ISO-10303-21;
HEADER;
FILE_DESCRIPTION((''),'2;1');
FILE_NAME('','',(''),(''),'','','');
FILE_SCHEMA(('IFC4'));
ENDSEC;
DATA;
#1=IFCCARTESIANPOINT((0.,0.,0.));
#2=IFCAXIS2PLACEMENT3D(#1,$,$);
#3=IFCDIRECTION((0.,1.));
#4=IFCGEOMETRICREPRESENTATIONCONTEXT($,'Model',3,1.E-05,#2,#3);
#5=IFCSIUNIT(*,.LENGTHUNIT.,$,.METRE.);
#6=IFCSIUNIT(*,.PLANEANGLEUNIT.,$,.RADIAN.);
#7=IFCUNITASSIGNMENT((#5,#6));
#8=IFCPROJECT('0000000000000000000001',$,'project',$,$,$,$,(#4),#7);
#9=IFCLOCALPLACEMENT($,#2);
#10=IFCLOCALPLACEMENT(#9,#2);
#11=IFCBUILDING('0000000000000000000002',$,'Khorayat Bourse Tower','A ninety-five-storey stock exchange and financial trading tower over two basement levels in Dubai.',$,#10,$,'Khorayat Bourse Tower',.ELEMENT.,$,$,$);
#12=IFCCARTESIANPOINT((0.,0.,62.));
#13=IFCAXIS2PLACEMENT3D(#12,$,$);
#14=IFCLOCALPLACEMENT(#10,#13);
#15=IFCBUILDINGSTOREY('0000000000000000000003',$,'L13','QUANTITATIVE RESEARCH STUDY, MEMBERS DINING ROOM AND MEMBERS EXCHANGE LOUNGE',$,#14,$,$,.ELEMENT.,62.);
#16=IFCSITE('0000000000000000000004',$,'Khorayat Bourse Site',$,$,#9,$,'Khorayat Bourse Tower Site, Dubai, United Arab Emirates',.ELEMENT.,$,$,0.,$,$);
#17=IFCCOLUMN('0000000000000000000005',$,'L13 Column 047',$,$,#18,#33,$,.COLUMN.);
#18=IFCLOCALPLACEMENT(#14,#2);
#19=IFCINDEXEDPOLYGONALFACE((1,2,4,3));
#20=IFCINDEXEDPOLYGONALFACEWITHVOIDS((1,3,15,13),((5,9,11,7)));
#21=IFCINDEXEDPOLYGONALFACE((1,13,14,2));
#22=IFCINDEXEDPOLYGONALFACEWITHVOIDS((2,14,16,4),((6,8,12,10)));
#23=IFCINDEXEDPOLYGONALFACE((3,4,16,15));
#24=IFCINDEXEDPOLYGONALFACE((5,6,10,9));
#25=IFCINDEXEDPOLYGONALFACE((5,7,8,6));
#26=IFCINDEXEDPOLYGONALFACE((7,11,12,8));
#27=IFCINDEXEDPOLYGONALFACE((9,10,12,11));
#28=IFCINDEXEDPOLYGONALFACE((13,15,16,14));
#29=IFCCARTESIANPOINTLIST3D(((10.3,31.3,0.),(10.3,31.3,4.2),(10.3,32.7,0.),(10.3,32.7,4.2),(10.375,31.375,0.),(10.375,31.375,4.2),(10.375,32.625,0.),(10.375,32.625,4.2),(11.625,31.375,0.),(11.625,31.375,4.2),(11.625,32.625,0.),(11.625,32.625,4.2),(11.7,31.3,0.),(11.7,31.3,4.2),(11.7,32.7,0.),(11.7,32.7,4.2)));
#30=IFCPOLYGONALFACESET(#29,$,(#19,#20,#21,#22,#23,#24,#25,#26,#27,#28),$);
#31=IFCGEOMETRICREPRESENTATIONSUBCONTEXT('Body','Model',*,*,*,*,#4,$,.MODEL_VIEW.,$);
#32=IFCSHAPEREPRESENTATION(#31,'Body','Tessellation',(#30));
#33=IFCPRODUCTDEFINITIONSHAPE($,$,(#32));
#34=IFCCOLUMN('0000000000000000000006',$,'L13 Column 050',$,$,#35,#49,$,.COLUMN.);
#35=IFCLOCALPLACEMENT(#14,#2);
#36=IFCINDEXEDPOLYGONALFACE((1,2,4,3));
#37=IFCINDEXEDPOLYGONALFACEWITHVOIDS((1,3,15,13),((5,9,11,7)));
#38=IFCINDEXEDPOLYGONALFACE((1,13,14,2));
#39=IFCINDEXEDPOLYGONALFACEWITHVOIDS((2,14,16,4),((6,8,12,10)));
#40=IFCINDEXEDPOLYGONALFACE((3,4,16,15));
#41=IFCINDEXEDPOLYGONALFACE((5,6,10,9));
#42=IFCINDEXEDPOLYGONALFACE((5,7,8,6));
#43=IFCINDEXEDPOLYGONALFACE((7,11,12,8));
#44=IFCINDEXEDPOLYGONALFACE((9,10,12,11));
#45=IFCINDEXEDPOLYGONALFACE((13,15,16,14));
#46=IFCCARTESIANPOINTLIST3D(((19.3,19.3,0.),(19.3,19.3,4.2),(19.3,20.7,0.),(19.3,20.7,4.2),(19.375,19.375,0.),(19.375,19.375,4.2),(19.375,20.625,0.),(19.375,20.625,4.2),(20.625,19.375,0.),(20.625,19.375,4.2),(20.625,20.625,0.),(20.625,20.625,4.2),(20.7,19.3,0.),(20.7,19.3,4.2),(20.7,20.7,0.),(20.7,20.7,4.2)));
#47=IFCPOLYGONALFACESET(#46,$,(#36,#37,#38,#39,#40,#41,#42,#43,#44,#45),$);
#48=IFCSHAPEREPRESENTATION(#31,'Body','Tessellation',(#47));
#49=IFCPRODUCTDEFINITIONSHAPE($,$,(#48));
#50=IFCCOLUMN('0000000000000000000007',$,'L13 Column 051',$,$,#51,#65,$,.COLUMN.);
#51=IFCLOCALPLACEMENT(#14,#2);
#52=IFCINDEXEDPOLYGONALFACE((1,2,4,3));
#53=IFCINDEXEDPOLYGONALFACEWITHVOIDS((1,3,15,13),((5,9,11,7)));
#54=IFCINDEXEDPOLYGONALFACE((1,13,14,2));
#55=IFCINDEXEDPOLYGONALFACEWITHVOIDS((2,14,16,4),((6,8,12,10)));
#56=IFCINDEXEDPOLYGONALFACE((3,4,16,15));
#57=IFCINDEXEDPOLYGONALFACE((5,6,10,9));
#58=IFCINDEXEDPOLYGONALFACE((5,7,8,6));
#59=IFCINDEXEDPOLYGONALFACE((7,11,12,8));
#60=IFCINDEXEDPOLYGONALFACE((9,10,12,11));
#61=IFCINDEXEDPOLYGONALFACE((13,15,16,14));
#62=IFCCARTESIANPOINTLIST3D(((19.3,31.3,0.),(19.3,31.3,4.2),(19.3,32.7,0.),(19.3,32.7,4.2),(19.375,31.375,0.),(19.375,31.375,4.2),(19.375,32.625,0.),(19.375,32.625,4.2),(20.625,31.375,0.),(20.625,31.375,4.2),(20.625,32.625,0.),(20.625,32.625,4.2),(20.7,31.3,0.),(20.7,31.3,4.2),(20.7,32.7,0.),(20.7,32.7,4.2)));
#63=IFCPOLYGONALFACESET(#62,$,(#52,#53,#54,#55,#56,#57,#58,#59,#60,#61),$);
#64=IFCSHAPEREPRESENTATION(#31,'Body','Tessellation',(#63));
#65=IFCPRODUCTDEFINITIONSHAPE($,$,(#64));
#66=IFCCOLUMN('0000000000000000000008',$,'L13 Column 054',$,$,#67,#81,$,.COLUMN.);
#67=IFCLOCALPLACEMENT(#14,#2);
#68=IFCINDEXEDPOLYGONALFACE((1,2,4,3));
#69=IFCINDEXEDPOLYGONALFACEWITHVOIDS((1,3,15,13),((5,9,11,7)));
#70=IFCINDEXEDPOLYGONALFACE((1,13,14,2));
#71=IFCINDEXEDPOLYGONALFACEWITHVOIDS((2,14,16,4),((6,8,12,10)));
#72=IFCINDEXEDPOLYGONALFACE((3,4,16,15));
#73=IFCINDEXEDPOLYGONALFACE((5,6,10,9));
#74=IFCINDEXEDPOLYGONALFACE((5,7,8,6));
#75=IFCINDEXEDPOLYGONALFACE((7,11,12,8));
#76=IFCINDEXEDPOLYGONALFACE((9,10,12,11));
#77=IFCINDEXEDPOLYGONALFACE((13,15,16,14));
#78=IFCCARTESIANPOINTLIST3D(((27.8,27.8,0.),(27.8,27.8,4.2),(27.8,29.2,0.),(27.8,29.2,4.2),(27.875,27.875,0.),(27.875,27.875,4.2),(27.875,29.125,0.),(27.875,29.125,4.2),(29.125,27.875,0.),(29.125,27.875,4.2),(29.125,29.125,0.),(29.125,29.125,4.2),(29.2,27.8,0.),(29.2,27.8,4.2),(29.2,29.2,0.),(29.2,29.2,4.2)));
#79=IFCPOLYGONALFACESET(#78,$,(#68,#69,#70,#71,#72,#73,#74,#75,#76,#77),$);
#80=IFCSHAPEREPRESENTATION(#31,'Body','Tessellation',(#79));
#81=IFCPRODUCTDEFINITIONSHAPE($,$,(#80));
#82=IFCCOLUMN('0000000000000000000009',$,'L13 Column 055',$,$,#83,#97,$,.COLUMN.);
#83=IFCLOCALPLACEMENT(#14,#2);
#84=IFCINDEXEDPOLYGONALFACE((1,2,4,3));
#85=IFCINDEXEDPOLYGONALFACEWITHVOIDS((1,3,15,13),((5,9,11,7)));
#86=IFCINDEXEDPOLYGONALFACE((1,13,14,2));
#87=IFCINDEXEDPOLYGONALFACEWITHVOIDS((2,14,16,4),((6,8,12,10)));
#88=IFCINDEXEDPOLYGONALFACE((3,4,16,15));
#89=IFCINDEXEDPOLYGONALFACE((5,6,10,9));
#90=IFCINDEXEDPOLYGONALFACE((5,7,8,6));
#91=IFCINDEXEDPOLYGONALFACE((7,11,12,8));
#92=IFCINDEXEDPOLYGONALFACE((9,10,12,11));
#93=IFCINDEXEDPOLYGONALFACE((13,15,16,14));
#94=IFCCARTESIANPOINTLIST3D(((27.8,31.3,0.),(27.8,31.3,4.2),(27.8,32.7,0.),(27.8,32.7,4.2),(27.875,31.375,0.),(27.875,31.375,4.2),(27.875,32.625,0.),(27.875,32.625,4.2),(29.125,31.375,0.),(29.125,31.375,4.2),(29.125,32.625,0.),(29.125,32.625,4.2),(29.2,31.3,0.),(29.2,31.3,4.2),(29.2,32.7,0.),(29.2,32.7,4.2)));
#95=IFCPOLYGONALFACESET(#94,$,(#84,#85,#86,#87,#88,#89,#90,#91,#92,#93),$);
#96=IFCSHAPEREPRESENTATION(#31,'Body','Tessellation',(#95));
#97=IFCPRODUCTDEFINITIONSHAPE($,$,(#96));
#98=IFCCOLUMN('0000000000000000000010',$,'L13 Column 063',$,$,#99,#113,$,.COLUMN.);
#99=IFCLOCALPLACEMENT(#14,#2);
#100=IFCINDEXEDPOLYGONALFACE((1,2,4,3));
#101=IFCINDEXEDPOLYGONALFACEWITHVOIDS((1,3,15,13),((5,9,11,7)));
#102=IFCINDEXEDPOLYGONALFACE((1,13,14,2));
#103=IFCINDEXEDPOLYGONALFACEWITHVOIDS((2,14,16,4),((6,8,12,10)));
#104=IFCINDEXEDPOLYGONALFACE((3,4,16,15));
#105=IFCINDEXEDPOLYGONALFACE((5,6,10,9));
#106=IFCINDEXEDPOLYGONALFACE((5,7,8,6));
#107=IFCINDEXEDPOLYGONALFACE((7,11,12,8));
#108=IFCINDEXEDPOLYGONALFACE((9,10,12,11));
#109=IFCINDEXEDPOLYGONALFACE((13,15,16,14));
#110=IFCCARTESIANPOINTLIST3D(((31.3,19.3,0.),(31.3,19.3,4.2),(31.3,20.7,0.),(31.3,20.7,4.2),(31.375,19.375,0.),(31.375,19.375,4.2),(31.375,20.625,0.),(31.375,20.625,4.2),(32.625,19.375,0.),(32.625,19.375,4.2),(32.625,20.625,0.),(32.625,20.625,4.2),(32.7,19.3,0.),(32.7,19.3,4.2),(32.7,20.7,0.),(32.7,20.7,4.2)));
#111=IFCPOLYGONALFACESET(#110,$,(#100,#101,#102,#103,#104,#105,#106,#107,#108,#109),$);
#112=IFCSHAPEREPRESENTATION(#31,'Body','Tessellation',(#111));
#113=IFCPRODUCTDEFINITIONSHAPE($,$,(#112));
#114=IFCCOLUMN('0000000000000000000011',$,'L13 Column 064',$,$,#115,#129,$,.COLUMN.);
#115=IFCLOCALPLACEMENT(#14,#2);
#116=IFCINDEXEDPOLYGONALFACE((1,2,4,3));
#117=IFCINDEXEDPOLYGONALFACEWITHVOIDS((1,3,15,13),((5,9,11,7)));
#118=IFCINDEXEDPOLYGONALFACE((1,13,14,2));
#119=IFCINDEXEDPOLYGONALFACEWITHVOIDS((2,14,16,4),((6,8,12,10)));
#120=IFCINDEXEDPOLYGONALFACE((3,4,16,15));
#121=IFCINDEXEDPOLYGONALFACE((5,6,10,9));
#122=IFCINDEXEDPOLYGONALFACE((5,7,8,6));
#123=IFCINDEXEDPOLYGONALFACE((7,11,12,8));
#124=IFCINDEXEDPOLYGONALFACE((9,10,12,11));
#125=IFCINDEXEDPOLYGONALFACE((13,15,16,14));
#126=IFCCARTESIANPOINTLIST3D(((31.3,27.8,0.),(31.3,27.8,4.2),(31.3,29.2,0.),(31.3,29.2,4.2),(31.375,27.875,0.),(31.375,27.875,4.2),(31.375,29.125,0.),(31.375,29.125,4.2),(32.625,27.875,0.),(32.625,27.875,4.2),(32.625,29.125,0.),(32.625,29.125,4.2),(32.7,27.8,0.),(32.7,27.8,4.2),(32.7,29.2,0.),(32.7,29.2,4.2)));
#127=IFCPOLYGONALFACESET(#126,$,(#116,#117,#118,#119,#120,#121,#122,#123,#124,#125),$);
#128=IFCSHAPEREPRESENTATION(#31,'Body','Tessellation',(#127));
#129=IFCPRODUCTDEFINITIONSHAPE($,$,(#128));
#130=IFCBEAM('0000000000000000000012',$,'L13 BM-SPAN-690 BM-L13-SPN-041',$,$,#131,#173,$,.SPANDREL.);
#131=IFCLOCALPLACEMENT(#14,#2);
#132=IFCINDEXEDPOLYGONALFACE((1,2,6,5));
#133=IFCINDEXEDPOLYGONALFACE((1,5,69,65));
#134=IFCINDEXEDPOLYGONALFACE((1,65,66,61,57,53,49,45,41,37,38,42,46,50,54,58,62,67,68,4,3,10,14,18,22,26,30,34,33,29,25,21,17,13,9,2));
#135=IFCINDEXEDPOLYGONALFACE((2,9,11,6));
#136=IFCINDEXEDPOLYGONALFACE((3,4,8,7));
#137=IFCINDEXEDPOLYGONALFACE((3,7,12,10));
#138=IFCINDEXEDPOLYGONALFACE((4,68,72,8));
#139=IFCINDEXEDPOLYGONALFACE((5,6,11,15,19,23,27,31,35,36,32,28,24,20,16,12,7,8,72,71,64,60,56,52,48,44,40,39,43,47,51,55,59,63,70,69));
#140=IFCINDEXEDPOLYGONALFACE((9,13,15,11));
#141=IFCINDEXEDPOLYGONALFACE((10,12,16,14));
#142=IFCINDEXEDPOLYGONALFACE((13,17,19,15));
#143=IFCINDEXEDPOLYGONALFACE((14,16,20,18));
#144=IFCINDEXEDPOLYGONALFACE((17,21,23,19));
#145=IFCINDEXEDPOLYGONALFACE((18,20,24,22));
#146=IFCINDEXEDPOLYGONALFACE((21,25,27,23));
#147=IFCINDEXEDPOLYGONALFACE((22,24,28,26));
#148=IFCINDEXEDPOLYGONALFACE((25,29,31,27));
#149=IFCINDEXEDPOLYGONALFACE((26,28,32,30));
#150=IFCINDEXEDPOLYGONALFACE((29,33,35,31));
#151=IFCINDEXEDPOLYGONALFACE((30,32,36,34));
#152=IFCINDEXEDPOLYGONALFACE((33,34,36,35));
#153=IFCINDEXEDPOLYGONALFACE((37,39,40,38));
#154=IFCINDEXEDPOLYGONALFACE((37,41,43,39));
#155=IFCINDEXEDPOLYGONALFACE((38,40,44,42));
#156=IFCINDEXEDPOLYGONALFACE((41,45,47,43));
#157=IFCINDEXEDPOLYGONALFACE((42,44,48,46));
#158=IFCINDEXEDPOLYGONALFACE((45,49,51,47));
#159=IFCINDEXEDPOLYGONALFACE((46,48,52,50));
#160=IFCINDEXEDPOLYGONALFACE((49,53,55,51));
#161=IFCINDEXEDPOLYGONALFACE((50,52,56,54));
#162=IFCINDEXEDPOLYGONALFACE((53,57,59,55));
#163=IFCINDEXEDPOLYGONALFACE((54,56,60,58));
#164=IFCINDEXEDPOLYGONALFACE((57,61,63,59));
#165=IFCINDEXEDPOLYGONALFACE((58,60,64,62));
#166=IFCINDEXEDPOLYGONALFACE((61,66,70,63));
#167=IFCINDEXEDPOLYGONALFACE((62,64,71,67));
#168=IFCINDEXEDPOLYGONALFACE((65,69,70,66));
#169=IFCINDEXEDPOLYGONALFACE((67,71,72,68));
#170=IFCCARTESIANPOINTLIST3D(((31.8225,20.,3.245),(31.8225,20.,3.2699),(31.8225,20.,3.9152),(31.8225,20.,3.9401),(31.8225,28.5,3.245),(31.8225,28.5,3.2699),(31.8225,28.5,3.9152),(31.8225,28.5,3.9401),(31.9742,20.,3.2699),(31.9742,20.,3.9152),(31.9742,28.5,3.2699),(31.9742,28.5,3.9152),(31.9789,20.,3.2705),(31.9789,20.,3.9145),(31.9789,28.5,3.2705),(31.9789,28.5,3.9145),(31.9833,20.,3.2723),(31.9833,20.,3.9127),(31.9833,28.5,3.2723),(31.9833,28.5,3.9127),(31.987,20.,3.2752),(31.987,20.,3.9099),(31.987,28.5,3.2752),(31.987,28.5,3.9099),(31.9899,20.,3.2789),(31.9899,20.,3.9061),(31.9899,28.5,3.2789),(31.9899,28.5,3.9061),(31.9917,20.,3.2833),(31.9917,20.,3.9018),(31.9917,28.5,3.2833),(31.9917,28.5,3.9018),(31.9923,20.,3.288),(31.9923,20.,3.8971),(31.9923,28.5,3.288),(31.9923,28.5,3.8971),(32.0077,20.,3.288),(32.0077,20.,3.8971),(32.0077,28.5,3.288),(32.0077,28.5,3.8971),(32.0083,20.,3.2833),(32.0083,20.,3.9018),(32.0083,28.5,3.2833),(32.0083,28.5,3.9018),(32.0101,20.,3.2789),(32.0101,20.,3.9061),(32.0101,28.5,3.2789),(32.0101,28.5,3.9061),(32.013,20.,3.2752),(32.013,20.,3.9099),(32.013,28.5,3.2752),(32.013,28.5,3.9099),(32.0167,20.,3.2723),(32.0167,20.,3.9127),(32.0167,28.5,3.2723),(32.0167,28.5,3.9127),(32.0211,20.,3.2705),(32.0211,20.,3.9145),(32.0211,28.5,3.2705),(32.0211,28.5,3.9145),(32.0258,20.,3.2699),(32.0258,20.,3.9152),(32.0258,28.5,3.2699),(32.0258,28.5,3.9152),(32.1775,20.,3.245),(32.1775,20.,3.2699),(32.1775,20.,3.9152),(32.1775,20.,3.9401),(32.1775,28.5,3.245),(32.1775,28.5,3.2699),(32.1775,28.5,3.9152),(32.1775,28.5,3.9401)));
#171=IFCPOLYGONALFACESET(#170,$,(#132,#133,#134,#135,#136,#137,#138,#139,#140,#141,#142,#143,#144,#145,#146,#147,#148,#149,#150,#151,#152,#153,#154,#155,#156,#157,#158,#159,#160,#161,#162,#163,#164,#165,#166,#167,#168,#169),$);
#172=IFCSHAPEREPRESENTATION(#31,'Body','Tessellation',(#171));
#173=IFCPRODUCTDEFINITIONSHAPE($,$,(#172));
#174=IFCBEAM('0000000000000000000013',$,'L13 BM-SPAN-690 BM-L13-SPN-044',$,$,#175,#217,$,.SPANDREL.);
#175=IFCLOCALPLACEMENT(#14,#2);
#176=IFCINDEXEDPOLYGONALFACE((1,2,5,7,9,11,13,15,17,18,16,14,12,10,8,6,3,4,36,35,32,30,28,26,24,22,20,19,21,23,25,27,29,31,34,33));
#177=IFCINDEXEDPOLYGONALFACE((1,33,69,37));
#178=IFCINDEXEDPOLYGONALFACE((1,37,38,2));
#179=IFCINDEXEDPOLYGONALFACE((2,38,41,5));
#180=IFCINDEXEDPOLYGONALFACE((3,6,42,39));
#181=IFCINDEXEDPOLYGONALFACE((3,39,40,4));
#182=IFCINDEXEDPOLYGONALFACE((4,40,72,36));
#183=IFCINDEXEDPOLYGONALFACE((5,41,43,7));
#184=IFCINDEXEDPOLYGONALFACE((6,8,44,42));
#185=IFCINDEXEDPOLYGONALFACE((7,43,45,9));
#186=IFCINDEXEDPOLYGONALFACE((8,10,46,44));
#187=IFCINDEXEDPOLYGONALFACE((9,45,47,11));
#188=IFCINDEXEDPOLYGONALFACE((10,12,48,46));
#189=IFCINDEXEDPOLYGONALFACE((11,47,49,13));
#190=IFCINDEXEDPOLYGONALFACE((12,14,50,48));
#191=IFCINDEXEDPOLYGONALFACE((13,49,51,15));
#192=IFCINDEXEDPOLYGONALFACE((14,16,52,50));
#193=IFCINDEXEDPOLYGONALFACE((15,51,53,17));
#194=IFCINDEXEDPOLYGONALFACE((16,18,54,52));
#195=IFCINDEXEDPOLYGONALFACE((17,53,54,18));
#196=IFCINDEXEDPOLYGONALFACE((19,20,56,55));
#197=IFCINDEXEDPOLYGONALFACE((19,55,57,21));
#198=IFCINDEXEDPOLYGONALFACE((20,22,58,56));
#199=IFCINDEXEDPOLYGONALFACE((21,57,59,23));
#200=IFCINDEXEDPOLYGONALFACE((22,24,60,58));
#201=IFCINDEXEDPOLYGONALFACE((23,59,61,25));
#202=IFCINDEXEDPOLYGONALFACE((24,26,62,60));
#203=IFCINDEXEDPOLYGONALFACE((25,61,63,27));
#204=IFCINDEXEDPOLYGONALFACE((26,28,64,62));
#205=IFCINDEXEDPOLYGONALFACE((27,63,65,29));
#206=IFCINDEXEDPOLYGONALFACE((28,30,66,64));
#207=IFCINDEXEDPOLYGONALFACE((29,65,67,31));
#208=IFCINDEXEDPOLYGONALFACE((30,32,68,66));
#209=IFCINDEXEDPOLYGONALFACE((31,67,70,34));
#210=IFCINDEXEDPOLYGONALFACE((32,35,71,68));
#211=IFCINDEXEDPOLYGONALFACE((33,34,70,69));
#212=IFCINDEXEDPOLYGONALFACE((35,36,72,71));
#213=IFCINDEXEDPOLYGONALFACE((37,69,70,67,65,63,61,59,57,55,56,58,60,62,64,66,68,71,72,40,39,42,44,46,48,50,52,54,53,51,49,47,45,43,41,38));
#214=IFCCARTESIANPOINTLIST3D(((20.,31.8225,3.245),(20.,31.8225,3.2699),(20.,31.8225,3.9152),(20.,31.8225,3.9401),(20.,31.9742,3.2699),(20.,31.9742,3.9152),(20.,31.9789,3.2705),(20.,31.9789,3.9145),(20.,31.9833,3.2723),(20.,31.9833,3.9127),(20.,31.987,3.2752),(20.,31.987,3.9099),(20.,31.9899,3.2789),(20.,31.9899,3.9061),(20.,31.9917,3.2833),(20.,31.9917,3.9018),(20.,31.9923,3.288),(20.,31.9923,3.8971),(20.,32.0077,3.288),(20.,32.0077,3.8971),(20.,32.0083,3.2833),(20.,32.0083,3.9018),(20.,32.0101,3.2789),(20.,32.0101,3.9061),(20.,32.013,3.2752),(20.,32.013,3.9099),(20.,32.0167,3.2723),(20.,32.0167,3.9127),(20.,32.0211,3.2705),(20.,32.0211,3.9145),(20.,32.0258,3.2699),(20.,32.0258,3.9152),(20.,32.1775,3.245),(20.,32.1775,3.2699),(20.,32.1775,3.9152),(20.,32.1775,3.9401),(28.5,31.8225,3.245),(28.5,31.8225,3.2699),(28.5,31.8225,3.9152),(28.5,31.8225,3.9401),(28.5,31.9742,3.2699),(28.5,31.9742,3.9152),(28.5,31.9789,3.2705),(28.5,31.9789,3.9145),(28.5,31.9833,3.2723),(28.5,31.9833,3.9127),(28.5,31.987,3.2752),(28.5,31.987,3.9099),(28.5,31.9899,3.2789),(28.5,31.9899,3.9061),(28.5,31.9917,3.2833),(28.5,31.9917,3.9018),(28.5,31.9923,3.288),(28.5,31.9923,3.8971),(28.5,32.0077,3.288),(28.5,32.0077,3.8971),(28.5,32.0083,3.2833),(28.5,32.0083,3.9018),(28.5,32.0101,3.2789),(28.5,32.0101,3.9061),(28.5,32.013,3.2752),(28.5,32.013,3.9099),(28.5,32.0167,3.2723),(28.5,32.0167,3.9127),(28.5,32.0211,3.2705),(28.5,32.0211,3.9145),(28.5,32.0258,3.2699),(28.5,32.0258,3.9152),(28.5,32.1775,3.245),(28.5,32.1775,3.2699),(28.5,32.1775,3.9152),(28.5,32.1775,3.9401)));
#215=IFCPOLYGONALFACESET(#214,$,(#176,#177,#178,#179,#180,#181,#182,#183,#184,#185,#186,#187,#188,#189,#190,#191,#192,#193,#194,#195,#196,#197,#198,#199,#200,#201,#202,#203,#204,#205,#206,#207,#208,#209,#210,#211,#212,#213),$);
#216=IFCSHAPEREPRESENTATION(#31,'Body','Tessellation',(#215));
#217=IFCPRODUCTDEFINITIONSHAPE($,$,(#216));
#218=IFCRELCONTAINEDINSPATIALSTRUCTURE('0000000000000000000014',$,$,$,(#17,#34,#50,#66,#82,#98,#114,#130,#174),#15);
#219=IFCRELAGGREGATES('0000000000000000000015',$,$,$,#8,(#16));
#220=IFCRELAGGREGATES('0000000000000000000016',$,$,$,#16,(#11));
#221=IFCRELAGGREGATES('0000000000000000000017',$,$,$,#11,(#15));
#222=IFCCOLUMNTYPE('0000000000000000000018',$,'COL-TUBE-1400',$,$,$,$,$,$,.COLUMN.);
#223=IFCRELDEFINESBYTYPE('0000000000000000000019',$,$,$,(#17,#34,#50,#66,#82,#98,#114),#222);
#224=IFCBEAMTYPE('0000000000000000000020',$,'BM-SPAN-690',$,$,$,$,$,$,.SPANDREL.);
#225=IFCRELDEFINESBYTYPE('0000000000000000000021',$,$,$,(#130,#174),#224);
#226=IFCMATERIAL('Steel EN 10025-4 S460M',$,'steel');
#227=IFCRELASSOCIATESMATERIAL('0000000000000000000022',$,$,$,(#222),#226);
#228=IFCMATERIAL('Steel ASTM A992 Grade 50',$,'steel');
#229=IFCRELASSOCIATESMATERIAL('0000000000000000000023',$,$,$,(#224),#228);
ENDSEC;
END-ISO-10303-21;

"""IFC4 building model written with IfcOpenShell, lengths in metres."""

from ifc_helpers import new_model, si_unit, direction, frame, origin, origin_2d, place, context, subcontext, project, spatial, hollow_rectangle, i_section, extrude, source, transform, mapped, material, material_profile, profile_set, type_object, element, save


model = new_model("IFC4")

# Units and contexts
model_context = context("Model", 3, precision=1e-05, world=origin(), true_north=direction((0.0, 1.0)))
body_context = subcontext(model_context, "Body", "Model", "MODEL_VIEW")
ifc_project = project(units=[si_unit("LENGTHUNIT", "METRE"), si_unit("PLANEANGLEUNIT", "RADIAN")], contexts=[model_context])

# Site, building, storey
site_placement = place(None, origin())
site = spatial("IfcSite", under=ifc_project, at=site_placement, Name="Khorayat Bourse Site", LongName="Khorayat Bourse Tower Site, Dubai, United Arab Emirates", CompositionType="ELEMENT", RefElevation=0.0)
building_placement = place(site_placement, origin())
building = spatial("IfcBuilding", under=site, at=building_placement, Name="Khorayat Bourse Tower", Description="A ninety-five-storey stock exchange and financial trading tower over two basement levels in Dubai.", LongName="Khorayat Bourse Tower", CompositionType="ELEMENT")
storey_placement = place(building_placement, frame((0.0, 0.0, 62.0)))
storey = spatial("IfcBuildingStorey", under=building, at=storey_placement, Name="L13", Description="QUANTITATIVE RESEARCH STUDY, MEMBERS DINING ROOM AND MEMBERS EXCHANGE LOUNGE", CompositionType="ELEMENT", Elevation=62.0)

# Columns
ifc_material_1 = material(Name="Steel EN 10025-4 S460M", Category="steel")
ifc_material_profile_1 = material_profile(ifc_material_1, hollow_rectangle(XDim=1.3999, YDim=1.3999, WallThickness=0.075, at=origin_2d()), Name="BOX 1400x1400x75")
ifc_profile_set_1 = profile_set([ifc_material_profile_1], Name="Steel EN 10025-4 S460M")
column_type = type_object("IfcColumnType", Name="COL-TUBE-1400", PredefinedType="COLUMN", material=ifc_profile_set_1)
shared_shape_1 = source(origin(), body_context, "Body", "SweptSolid", [
    extrude(hollow_rectangle(XDim=1.3999, YDim=1.3999, WallThickness=0.075, at=origin_2d()), origin(), (0.0, 0.0, 1.0), 4.2),
])
for number, where, z_axis, x_axis, name in (
    (1, (11.0, 32.0, 0.0), (0.0, 0.0, 1.0), (1.0, 0.0, 0.0), "L13 Column 047"),
    (2, (20.0, 20.0, 0.0), (0.0, 0.0, 1.0), (1.0, 0.0, 0.0), "L13 Column 050"),
    (3, (20.0, 32.0, 0.0), (0.0, 0.0, 1.0), (1.0, 0.0, 0.0), "L13 Column 051"),
    (4, (28.5, 28.5, 0.0), (0.0, 0.0, 1.0), (1.0, 0.0, 0.0), "L13 Column 054"),
    (5, (28.5, 32.0, 0.0), (0.0, 0.0, 1.0), (1.0, 0.0, 0.0), "L13 Column 055"),
    (6, (32.0, 20.0, 0.0), (0.0, 0.0, 1.0), (1.0, 0.0, 0.0), "L13 Column 063"),
    (7, (32.0, 28.5, 0.0), (0.0, 0.0, 1.0), (1.0, 0.0, 0.0), "L13 Column 064"),
):
    element("IfcColumn", number, at=place(storey_placement, frame(where, z_axis=z_axis, x_axis=x_axis)), inside=storey, type_object=column_type, Name=name, PredefinedType="COLUMN", context=body_context, shape_type="MappedRepresentation", body=[
        mapped(shared_shape_1, transform((0.0, 0.0, 0.0), scale=1.0)),
    ])

# Beams
ifc_material_2 = material(Name="Steel ASTM A992 Grade 50", Category="steel")
ifc_material_profile_2 = material_profile(ifc_material_2, i_section(OverallWidth=0.355, OverallDepth=0.6951, WebThickness=0.0154, FlangeThickness=0.0249, FilletRadius=0.0181, at=origin_2d()), Name="W690X217")
ifc_profile_set_2 = profile_set([ifc_material_profile_2], Name="Steel ASTM A992 Grade 50")
beam_type_1 = type_object("IfcBeamType", Name="BM-SPAN-690", PredefinedType="SPANDREL", material=ifc_profile_set_2)
shared_shape_2 = source(origin(), body_context, "Body", "SweptSolid", [
    extrude(i_section(OverallWidth=0.355, OverallDepth=0.6951, WebThickness=0.0154, FlangeThickness=0.0249, FilletRadius=0.0181, at=origin_2d()), origin(), (0.0, 0.0, 1.0), 8.5),
])
for number, where, z_axis, x_axis, name in (
    (8, (32.0, 20.0, 3.5925), (0.0, 1.0, 0.0), (-1.0, 0.0, 0.0), "L13 BM-SPAN-690 BM-L13-SPN-041"),
    (9, (20.0, 32.0, 3.5925), (1.0, 0.0, 0.0), (0.0, 1.0, 0.0), "L13 BM-SPAN-690 BM-L13-SPN-044"),
):
    element("IfcBeam", number, at=place(storey_placement, frame(where, z_axis=z_axis, x_axis=x_axis)), inside=storey, type_object=beam_type_1, Name=name, PredefinedType="SPANDREL", context=body_context, shape_type="MappedRepresentation", body=[
        mapped(shared_shape_2, transform((0.0, 0.0, 0.0), scale=1.0)),
    ])

save(model, "model.ifc")
